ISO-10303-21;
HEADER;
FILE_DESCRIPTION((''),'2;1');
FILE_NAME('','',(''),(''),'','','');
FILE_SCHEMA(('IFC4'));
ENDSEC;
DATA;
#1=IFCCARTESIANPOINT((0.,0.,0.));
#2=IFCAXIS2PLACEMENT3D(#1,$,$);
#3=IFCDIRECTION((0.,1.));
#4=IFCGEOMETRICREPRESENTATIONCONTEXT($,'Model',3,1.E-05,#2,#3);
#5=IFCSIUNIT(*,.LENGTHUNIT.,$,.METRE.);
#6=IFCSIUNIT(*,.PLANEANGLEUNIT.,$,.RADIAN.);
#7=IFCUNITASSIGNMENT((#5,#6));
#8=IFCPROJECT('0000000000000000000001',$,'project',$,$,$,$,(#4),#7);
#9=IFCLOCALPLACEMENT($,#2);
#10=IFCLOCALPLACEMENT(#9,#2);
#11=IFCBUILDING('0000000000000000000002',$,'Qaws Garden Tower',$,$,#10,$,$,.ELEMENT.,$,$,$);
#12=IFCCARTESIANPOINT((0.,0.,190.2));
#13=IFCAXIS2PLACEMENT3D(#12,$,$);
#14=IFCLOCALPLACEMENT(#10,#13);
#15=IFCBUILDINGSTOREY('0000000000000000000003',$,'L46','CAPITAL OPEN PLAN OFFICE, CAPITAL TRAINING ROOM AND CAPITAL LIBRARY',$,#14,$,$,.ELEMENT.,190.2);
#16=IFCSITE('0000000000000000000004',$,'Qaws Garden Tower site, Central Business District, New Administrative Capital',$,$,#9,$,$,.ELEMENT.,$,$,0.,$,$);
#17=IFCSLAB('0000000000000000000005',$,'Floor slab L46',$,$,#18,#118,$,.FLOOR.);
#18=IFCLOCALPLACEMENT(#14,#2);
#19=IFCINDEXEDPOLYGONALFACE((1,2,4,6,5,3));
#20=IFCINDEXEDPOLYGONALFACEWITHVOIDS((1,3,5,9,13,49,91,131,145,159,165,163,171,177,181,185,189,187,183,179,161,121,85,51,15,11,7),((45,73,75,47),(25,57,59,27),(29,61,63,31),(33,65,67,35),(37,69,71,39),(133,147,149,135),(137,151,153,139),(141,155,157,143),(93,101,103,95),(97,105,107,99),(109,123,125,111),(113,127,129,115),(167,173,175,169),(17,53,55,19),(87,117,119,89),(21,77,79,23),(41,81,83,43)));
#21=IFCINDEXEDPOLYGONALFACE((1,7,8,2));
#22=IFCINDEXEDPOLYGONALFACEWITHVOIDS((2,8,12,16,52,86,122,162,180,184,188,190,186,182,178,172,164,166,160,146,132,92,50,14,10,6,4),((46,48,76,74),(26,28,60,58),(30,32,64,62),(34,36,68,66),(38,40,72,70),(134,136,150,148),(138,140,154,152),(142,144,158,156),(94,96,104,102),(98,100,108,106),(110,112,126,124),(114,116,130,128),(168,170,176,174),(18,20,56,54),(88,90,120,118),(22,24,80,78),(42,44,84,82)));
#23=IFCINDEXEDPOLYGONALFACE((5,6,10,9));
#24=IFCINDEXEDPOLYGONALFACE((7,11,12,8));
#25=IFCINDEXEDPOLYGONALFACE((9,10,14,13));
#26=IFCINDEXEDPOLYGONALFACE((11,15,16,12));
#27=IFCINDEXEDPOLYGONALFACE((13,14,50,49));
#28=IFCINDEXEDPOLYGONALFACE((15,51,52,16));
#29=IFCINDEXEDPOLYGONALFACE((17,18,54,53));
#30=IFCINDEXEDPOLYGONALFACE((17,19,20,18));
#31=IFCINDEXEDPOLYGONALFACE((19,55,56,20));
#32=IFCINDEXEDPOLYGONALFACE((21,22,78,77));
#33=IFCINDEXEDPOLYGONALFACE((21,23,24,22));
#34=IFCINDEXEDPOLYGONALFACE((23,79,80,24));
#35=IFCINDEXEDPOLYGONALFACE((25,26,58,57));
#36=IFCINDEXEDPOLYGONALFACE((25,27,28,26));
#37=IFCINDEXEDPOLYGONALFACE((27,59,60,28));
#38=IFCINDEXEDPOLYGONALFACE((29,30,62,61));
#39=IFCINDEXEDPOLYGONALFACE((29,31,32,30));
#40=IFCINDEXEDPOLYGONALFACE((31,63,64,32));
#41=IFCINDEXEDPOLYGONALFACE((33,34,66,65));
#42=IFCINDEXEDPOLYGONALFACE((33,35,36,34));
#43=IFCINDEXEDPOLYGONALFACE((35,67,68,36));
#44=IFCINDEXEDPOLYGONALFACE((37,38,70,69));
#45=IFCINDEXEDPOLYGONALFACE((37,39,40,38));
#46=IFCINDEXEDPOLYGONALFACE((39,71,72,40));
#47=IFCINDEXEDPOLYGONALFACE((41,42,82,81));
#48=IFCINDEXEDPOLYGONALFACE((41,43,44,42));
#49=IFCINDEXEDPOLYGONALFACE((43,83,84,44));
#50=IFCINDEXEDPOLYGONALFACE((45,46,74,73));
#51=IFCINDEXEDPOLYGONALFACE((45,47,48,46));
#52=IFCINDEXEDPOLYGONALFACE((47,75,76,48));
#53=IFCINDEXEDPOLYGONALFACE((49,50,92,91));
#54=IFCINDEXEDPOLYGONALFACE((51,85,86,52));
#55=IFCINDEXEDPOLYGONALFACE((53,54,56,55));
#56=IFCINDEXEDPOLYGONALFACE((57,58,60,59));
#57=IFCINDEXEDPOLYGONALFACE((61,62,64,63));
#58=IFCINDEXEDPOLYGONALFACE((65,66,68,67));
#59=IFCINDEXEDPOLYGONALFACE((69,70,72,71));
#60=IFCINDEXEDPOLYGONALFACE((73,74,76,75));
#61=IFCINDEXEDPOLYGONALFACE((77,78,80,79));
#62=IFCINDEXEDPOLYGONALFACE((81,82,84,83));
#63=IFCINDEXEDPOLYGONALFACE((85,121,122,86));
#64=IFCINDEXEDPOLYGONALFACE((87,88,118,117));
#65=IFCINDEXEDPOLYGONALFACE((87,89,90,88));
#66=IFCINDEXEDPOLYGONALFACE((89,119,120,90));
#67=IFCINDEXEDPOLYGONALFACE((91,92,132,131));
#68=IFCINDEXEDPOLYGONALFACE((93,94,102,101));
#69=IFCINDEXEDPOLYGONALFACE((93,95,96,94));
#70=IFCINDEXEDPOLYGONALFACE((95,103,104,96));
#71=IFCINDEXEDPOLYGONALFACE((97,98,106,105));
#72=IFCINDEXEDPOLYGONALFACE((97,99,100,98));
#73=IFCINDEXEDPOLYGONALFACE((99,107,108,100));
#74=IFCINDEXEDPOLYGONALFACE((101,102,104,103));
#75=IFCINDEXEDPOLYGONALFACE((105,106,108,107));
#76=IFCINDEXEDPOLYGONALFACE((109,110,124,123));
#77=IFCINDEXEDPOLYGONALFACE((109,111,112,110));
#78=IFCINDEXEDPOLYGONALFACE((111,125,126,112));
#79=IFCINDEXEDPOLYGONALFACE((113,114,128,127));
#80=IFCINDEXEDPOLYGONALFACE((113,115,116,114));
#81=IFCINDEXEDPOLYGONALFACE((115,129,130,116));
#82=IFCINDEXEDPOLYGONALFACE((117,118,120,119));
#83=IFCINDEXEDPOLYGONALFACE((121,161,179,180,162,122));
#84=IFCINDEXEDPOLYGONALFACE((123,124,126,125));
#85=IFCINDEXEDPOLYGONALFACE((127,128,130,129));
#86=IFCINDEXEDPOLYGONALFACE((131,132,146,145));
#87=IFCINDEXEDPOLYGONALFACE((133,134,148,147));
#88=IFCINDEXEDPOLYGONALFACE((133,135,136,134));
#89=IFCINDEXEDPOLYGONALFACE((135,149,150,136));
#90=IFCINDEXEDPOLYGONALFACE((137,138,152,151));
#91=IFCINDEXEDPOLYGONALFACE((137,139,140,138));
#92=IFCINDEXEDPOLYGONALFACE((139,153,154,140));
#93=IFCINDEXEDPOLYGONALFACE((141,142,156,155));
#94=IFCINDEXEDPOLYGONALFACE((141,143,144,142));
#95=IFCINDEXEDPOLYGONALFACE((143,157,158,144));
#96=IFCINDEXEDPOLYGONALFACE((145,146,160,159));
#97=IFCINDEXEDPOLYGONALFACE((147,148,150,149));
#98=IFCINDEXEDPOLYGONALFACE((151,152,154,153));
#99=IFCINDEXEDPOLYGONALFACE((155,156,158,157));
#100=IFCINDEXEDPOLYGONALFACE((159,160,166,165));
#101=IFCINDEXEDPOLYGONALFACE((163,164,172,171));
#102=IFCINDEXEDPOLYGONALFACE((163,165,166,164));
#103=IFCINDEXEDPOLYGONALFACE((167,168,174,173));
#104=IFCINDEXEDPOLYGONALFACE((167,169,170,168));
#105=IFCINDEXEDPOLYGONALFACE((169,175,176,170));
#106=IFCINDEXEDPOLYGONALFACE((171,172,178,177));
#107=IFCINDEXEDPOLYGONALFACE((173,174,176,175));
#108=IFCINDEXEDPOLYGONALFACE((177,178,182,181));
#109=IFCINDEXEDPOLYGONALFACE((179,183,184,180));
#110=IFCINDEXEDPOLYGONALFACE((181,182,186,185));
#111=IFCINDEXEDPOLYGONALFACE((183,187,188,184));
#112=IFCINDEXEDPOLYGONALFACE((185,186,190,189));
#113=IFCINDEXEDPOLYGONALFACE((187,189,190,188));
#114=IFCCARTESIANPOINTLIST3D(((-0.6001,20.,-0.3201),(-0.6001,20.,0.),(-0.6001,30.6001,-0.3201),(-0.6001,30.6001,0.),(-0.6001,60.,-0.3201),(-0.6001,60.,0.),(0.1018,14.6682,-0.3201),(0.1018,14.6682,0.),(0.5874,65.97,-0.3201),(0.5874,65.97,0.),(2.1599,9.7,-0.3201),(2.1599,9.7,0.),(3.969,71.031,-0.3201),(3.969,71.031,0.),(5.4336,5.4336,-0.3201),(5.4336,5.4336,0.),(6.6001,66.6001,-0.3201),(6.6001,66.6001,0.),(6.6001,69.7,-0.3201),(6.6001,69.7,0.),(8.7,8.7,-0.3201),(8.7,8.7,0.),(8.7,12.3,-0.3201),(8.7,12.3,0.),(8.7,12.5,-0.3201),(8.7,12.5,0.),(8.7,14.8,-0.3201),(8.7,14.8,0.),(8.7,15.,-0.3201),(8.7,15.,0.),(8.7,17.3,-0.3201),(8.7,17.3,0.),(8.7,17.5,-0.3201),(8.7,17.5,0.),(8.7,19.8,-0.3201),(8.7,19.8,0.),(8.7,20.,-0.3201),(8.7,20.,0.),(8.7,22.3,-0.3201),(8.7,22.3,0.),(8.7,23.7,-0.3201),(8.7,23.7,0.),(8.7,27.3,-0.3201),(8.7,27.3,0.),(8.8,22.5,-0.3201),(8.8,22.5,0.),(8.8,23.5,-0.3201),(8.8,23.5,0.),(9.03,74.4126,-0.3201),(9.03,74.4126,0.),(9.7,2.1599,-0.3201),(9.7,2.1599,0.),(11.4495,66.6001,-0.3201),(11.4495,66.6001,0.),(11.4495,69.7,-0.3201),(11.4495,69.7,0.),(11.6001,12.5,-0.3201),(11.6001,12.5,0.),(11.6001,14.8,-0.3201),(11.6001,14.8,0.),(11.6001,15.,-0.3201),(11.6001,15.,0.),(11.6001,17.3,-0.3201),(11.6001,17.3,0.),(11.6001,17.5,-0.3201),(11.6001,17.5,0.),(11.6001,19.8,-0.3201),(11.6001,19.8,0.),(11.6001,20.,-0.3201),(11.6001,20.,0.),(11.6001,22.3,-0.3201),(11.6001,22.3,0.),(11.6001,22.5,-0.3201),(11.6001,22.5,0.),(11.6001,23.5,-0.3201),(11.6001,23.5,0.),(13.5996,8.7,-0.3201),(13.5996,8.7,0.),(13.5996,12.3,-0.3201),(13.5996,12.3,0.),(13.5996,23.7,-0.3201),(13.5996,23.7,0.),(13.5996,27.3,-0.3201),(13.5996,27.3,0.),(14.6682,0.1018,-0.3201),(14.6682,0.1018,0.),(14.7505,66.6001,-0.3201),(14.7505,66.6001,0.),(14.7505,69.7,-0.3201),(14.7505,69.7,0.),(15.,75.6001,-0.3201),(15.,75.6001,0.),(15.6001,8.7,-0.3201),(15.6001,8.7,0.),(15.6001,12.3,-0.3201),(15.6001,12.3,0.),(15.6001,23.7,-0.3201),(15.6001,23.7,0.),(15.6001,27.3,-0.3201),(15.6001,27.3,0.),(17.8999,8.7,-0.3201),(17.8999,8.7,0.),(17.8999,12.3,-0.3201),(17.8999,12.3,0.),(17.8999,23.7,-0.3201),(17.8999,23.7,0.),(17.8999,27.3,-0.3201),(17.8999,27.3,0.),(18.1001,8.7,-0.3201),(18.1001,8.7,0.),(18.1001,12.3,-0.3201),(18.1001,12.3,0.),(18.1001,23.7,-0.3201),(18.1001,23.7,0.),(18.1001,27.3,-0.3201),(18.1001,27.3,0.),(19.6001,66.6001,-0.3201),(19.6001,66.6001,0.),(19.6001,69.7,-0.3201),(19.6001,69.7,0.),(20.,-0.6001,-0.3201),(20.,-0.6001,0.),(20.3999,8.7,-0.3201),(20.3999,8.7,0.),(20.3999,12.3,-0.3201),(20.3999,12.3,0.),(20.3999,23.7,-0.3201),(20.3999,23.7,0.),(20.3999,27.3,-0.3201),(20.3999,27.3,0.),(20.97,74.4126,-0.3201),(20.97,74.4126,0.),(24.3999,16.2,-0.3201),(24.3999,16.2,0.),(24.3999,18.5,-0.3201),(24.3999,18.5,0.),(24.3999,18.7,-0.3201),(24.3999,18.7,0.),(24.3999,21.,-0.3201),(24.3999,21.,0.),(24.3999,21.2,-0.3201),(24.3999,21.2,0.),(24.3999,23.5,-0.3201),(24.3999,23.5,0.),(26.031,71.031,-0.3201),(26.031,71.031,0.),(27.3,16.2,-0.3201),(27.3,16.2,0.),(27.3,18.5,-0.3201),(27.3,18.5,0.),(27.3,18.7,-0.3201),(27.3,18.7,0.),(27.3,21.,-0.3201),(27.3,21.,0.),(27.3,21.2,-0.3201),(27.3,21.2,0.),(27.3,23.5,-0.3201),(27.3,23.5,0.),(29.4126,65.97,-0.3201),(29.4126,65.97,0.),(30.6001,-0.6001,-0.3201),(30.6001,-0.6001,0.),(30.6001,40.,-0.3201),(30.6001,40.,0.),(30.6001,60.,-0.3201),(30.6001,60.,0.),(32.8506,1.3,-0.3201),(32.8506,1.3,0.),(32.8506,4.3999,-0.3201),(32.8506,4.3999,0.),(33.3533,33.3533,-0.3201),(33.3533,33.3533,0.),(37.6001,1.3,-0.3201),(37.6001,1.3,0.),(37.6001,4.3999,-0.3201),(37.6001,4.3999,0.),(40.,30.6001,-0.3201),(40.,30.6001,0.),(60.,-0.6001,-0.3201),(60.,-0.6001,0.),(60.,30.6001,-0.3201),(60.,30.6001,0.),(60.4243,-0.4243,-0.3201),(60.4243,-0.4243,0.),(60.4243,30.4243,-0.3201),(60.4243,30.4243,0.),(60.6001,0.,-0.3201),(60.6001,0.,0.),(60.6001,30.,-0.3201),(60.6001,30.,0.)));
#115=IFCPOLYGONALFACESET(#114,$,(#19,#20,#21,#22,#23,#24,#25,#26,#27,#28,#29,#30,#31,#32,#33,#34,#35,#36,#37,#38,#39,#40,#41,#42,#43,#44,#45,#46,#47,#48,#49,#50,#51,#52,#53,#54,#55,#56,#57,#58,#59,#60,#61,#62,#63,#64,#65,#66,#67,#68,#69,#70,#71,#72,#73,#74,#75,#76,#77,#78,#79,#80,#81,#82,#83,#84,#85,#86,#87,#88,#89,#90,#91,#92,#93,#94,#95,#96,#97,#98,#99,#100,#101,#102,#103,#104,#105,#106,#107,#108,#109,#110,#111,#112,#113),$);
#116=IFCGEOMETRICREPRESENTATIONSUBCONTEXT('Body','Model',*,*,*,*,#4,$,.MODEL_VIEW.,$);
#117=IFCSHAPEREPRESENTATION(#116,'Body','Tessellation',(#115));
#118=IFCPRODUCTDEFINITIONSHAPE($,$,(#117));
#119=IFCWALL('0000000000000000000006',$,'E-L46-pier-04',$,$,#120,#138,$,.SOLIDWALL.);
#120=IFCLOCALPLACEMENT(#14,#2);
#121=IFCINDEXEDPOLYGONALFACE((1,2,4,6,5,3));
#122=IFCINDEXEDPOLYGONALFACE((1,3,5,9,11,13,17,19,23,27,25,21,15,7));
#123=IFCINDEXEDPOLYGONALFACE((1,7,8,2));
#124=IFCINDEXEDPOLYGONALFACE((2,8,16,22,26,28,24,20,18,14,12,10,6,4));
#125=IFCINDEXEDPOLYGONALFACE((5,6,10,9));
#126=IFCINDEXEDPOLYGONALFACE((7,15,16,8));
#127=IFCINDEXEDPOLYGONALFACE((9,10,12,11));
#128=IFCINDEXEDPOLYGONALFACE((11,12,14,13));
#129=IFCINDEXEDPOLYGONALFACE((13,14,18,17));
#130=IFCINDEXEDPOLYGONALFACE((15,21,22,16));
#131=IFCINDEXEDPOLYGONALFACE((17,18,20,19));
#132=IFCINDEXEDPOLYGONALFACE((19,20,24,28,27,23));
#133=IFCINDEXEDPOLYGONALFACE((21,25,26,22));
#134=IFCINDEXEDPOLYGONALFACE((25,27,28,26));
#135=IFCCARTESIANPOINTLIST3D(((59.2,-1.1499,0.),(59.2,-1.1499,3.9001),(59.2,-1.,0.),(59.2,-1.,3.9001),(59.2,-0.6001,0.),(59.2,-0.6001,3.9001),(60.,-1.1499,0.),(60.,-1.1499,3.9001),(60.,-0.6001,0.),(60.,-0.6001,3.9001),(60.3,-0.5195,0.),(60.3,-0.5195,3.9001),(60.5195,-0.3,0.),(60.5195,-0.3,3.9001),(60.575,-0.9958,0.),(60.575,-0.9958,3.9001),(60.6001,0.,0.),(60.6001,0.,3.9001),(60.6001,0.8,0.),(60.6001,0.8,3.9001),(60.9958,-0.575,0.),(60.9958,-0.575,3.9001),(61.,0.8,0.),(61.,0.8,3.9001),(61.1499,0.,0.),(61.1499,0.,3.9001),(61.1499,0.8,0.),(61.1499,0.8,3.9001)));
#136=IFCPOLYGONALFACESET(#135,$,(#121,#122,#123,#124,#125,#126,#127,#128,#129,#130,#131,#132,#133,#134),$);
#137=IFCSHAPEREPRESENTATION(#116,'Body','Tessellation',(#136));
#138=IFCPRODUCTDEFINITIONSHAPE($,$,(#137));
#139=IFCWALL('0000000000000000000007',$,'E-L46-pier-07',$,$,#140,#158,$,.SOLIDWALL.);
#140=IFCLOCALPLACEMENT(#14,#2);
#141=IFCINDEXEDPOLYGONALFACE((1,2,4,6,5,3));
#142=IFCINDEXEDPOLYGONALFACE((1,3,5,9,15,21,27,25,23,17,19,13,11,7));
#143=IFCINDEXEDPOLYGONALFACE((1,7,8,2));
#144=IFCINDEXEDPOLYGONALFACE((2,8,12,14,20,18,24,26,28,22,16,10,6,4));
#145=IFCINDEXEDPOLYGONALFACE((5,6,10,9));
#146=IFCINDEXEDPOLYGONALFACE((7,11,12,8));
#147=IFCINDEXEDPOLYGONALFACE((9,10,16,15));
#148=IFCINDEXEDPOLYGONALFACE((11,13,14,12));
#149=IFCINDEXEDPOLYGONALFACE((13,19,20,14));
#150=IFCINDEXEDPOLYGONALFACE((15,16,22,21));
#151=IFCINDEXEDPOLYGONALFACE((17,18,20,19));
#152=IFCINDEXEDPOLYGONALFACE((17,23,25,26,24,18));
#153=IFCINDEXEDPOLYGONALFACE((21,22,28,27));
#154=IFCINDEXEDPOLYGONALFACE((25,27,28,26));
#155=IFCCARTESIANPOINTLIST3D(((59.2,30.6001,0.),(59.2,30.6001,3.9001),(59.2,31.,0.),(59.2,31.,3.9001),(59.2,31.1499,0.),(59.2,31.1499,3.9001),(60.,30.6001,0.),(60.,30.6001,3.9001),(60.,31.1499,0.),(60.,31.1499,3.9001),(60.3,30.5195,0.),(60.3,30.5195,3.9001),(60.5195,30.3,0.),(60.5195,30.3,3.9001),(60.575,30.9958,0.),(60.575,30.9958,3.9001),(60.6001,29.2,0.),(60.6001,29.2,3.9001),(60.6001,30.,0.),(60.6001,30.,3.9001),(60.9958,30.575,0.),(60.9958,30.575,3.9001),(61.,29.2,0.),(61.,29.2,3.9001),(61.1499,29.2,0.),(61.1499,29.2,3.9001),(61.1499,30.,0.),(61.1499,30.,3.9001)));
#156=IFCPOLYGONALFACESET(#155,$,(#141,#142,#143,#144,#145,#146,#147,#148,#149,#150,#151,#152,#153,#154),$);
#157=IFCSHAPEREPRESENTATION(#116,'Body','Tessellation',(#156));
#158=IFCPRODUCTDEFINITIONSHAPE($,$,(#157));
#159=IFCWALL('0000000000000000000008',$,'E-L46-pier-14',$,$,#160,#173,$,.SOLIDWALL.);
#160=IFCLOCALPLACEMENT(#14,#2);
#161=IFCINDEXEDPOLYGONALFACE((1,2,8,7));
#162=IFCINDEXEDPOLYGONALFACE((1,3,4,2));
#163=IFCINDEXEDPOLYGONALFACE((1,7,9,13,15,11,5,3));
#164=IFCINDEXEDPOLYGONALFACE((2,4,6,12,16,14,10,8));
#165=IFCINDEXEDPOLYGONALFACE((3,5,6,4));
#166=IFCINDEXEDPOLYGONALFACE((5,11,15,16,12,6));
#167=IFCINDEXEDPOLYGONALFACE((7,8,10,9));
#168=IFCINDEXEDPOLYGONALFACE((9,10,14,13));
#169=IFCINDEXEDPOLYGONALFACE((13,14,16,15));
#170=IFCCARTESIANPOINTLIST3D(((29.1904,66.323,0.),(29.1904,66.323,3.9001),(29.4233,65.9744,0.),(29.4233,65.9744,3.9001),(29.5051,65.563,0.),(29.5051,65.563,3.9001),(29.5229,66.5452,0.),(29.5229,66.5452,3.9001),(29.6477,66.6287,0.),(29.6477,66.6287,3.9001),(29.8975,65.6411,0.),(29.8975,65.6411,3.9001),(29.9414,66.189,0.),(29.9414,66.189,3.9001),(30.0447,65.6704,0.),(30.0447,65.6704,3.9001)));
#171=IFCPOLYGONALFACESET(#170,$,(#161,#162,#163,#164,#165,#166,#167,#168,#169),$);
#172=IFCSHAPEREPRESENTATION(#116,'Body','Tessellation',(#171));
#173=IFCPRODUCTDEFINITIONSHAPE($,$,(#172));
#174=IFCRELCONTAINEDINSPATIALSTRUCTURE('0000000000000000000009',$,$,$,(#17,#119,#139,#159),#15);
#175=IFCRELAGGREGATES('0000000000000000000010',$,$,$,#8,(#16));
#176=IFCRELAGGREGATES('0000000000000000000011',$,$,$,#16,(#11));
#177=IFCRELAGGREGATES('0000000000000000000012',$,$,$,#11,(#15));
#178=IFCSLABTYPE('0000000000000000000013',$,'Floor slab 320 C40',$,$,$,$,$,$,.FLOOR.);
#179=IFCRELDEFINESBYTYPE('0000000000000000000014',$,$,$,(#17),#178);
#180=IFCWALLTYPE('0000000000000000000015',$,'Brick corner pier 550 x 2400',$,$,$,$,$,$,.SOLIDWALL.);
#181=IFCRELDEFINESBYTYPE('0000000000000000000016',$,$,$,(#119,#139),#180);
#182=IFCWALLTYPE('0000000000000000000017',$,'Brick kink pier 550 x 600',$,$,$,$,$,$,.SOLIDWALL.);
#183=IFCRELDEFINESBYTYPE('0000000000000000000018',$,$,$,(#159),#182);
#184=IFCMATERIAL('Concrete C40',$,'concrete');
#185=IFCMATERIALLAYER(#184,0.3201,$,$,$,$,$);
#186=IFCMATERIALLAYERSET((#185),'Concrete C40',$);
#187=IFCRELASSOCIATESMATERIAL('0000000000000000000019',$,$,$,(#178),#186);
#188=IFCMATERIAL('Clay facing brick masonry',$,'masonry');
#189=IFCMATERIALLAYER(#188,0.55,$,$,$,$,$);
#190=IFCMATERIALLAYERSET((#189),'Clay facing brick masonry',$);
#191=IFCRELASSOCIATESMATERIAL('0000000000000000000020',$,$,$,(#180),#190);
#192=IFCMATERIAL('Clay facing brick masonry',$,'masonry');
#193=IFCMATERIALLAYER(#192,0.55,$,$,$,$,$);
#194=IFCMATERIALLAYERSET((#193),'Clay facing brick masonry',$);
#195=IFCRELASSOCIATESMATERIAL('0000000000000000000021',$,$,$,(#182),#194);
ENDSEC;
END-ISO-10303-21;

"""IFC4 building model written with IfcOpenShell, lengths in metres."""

from ifc_helpers import new_model, si_unit, direction, frame, origin, place, context, subcontext, project, spatial, polyline, outline, extrude, material, layer, layer_set, type_object, element, save


model = new_model("IFC4")

# Units and contexts
model_context = context("Model", 3, precision=1e-05, world=origin(), true_north=direction((0.0, 1.0)))
body_context = subcontext(model_context, "Body", "Model", "MODEL_VIEW")
ifc_project = project(units=[si_unit("LENGTHUNIT", "METRE"), si_unit("PLANEANGLEUNIT", "RADIAN")], contexts=[model_context])

# Site, building, storey
site_placement = place(None, origin())
site = spatial("IfcSite", under=ifc_project, at=site_placement, Name="Qaws Garden Tower site, Central Business District, New Administrative Capital", CompositionType="ELEMENT", RefElevation=0.0)
building_placement = place(site_placement, origin())
building = spatial("IfcBuilding", under=site, at=building_placement, Name="Qaws Garden Tower", CompositionType="ELEMENT")
storey_placement = place(building_placement, frame((0.0, 0.0, 190.2)))
storey = spatial("IfcBuildingStorey", under=building, at=storey_placement, Name="L46", Description="CAPITAL OPEN PLAN OFFICE, CAPITAL TRAINING ROOM AND CAPITAL LIBRARY", CompositionType="ELEMENT", Elevation=190.2)

# Slab
ifc_material_1 = material(Name="Concrete C40", Category="concrete")
ifc_layer_1 = layer(ifc_material_1, 0.3201)
ifc_layer_set_1 = layer_set([ifc_layer_1], Name="Concrete C40")
slab_type = type_object("IfcSlabType", Name="Floor slab 320 C40", PredefinedType="FLOOR", material=ifc_layer_set_1)
slab_placement = place(storey_placement, frame((0.0, 0.0, -0.3201)))
element("IfcSlab", 1, at=slab_placement, inside=storey, type_object=slab_type, Name="Floor slab L46", PredefinedType="FLOOR", context=body_context, shape_type="SweptSolid", body=[
    extrude(outline(polyline([(0.1018, 14.6682), (-0.6001, 20.0), (-0.6001, 30.6001), (-0.6001, 60.0), (-0.6001, 60.0), (0.5874, 65.97), (3.969, 71.031), (9.03, 74.4126), (15.0, 75.6001), (20.97, 74.4126), (26.031, 71.031), (29.4126, 65.97), (30.6001, 60.0), (30.6001, 40.0), (33.3533, 33.3533), (40.0, 30.6001), (60.0, 30.6001), (60.4243, 30.4243), (60.6001, 30.0), (60.6001, 0.0), (60.4243, -0.4243), (60.0, -0.6001), (30.6001, -0.6001), (20.0, -0.6001), (14.6682, 0.1018), (9.7, 2.1599), (5.4336, 5.4336), (2.1599, 9.7), (0.1018, 14.6682)]), holes=[polyline([(13.5996, 12.3), (8.7, 12.3), (8.7, 8.7), (13.5996, 8.7), (13.5996, 12.3)]), polyline([(17.8999, 12.3), (15.6001, 12.3), (15.6001, 8.7), (17.8999, 8.7), (17.8999, 12.3)]), polyline([(11.6001, 14.8), (8.7, 14.8), (8.7, 12.5), (11.6001, 12.5), (11.6001, 14.8)]), polyline([(11.6001, 17.3), (8.7, 17.3), (8.7, 15.0), (11.6001, 15.0), (11.6001, 17.3)]), polyline([(11.6001, 19.8), (8.7, 19.8), (8.7, 17.5), (11.6001, 17.5), (11.6001, 19.8)]), polyline([(11.6001, 22.3), (8.7, 22.3), (8.7, 20.0), (11.6001, 20.0), (11.6001, 22.3)]), polyline([(11.6001, 23.5), (8.8, 23.5), (8.8, 22.5), (11.6001, 22.5), (11.6001, 23.5)]), polyline([(13.5996, 27.3), (8.7, 27.3), (8.7, 23.7), (13.5996, 23.7), (13.5996, 27.3)]), polyline([(11.4495, 69.7), (6.6001, 69.7), (6.6001, 66.6001), (11.4495, 66.6001), (11.4495, 69.7)]), polyline([(37.6001, 4.3999), (32.8506, 4.3999), (32.8506, 1.3), (37.6001, 1.3), (37.6001, 4.3999)]), polyline([(20.3999, 12.3), (18.1001, 12.3), (18.1001, 8.7), (20.3999, 8.7), (20.3999, 12.3)]), polyline([(27.3, 18.5), (24.3999, 18.5), (24.3999, 16.2), (27.3, 16.2), (27.3, 18.5)]), polyline([(27.3, 21.0), (24.3999, 21.0), (24.3999, 18.7), (27.3, 18.7), (27.3, 21.0)]), polyline([(27.3, 23.5), (24.3999, 23.5), (24.3999, 21.2), (27.3, 21.2), (27.3, 23.5)]), polyline([(17.8999, 27.3), (15.6001, 27.3), (15.6001, 23.7), (17.8999, 23.7), (17.8999, 27.3)]), polyline([(20.3999, 23.7), (20.3999, 27.3), (18.1001, 27.3), (18.1001, 23.7), (20.3999, 23.7)]), polyline([(19.6001, 66.6001), (19.6001, 69.7), (14.7505, 69.7), (14.7505, 66.6001), (19.6001, 66.6001)])]), origin(), (0.0, 0.0, 1.0), 0.3201),
])

# Walls
ifc_material_2 = material(Name="Clay facing brick masonry", Category="masonry")
ifc_layer_2 = layer(ifc_material_2, 0.55)
ifc_layer_set_2 = layer_set([ifc_layer_2], Name="Clay facing brick masonry")
wall_type_1 = type_object("IfcWallType", Name="Brick corner pier 550 x 2400", PredefinedType="SOLIDWALL", material=ifc_layer_set_2)
placement = place(storey_placement, origin())
element("IfcWall", 2, at=placement, inside=storey, type_object=wall_type_1, Name="E-L46-pier-04", PredefinedType="SOLIDWALL", context=body_context, shape_type="SweptSolid", body=[
    extrude(outline(polyline([(59.2, -1.0), (59.2, -1.1499), (60.0, -1.1499), (60.575, -0.9958), (60.9958, -0.575), (61.1499, 0.0), (61.1499, 0.8), (61.0, 0.8), (60.6001, 0.8), (60.6001, 0.0), (60.5195, -0.3), (60.3, -0.5195), (60.0, -0.6001), (59.2, -0.6001), (59.2, -1.0)])), origin(), (0.0, 0.0, 1.0), 3.9001),
])
element("IfcWall", 3, at=placement, inside=storey, type_object=wall_type_1, Name="E-L46-pier-07", PredefinedType="SOLIDWALL", context=body_context, shape_type="SweptSolid", body=[
    extrude(outline(polyline([(61.0, 29.2), (61.1499, 29.2), (61.1499, 30.0), (60.9958, 30.575), (60.575, 30.9958), (60.0, 31.1499), (59.2, 31.1499), (59.2, 31.0), (59.2, 30.6001), (60.0, 30.6001), (60.3, 30.5195), (60.5195, 30.3), (60.6001, 30.0), (60.6001, 29.2), (61.0, 29.2)])), origin(), (0.0, 0.0, 1.0), 3.9001),
])
ifc_material_3 = material(Name="Clay facing brick masonry", Category="masonry")
ifc_layer_3 = layer(ifc_material_3, 0.55)
ifc_layer_set_3 = layer_set([ifc_layer_3], Name="Clay facing brick masonry")
wall_type_2 = type_object("IfcWallType", Name="Brick kink pier 550 x 600", PredefinedType="SOLIDWALL", material=ifc_layer_set_3)
element("IfcWall", 4, at=placement, inside=storey, type_object=wall_type_2, Name="E-L46-pier-14", PredefinedType="SOLIDWALL", context=body_context, shape_type="SweptSolid", body=[
    extrude(outline(polyline([(29.8975, 65.6411), (30.0447, 65.6704), (29.9414, 66.189), (29.6477, 66.6287), (29.5229, 66.5452), (29.1904, 66.323), (29.4233, 65.9744), (29.5051, 65.563), (29.8975, 65.6411)])), origin(), (0.0, 0.0, 1.0), 3.9001),
])

save(model, "model.ifc")
